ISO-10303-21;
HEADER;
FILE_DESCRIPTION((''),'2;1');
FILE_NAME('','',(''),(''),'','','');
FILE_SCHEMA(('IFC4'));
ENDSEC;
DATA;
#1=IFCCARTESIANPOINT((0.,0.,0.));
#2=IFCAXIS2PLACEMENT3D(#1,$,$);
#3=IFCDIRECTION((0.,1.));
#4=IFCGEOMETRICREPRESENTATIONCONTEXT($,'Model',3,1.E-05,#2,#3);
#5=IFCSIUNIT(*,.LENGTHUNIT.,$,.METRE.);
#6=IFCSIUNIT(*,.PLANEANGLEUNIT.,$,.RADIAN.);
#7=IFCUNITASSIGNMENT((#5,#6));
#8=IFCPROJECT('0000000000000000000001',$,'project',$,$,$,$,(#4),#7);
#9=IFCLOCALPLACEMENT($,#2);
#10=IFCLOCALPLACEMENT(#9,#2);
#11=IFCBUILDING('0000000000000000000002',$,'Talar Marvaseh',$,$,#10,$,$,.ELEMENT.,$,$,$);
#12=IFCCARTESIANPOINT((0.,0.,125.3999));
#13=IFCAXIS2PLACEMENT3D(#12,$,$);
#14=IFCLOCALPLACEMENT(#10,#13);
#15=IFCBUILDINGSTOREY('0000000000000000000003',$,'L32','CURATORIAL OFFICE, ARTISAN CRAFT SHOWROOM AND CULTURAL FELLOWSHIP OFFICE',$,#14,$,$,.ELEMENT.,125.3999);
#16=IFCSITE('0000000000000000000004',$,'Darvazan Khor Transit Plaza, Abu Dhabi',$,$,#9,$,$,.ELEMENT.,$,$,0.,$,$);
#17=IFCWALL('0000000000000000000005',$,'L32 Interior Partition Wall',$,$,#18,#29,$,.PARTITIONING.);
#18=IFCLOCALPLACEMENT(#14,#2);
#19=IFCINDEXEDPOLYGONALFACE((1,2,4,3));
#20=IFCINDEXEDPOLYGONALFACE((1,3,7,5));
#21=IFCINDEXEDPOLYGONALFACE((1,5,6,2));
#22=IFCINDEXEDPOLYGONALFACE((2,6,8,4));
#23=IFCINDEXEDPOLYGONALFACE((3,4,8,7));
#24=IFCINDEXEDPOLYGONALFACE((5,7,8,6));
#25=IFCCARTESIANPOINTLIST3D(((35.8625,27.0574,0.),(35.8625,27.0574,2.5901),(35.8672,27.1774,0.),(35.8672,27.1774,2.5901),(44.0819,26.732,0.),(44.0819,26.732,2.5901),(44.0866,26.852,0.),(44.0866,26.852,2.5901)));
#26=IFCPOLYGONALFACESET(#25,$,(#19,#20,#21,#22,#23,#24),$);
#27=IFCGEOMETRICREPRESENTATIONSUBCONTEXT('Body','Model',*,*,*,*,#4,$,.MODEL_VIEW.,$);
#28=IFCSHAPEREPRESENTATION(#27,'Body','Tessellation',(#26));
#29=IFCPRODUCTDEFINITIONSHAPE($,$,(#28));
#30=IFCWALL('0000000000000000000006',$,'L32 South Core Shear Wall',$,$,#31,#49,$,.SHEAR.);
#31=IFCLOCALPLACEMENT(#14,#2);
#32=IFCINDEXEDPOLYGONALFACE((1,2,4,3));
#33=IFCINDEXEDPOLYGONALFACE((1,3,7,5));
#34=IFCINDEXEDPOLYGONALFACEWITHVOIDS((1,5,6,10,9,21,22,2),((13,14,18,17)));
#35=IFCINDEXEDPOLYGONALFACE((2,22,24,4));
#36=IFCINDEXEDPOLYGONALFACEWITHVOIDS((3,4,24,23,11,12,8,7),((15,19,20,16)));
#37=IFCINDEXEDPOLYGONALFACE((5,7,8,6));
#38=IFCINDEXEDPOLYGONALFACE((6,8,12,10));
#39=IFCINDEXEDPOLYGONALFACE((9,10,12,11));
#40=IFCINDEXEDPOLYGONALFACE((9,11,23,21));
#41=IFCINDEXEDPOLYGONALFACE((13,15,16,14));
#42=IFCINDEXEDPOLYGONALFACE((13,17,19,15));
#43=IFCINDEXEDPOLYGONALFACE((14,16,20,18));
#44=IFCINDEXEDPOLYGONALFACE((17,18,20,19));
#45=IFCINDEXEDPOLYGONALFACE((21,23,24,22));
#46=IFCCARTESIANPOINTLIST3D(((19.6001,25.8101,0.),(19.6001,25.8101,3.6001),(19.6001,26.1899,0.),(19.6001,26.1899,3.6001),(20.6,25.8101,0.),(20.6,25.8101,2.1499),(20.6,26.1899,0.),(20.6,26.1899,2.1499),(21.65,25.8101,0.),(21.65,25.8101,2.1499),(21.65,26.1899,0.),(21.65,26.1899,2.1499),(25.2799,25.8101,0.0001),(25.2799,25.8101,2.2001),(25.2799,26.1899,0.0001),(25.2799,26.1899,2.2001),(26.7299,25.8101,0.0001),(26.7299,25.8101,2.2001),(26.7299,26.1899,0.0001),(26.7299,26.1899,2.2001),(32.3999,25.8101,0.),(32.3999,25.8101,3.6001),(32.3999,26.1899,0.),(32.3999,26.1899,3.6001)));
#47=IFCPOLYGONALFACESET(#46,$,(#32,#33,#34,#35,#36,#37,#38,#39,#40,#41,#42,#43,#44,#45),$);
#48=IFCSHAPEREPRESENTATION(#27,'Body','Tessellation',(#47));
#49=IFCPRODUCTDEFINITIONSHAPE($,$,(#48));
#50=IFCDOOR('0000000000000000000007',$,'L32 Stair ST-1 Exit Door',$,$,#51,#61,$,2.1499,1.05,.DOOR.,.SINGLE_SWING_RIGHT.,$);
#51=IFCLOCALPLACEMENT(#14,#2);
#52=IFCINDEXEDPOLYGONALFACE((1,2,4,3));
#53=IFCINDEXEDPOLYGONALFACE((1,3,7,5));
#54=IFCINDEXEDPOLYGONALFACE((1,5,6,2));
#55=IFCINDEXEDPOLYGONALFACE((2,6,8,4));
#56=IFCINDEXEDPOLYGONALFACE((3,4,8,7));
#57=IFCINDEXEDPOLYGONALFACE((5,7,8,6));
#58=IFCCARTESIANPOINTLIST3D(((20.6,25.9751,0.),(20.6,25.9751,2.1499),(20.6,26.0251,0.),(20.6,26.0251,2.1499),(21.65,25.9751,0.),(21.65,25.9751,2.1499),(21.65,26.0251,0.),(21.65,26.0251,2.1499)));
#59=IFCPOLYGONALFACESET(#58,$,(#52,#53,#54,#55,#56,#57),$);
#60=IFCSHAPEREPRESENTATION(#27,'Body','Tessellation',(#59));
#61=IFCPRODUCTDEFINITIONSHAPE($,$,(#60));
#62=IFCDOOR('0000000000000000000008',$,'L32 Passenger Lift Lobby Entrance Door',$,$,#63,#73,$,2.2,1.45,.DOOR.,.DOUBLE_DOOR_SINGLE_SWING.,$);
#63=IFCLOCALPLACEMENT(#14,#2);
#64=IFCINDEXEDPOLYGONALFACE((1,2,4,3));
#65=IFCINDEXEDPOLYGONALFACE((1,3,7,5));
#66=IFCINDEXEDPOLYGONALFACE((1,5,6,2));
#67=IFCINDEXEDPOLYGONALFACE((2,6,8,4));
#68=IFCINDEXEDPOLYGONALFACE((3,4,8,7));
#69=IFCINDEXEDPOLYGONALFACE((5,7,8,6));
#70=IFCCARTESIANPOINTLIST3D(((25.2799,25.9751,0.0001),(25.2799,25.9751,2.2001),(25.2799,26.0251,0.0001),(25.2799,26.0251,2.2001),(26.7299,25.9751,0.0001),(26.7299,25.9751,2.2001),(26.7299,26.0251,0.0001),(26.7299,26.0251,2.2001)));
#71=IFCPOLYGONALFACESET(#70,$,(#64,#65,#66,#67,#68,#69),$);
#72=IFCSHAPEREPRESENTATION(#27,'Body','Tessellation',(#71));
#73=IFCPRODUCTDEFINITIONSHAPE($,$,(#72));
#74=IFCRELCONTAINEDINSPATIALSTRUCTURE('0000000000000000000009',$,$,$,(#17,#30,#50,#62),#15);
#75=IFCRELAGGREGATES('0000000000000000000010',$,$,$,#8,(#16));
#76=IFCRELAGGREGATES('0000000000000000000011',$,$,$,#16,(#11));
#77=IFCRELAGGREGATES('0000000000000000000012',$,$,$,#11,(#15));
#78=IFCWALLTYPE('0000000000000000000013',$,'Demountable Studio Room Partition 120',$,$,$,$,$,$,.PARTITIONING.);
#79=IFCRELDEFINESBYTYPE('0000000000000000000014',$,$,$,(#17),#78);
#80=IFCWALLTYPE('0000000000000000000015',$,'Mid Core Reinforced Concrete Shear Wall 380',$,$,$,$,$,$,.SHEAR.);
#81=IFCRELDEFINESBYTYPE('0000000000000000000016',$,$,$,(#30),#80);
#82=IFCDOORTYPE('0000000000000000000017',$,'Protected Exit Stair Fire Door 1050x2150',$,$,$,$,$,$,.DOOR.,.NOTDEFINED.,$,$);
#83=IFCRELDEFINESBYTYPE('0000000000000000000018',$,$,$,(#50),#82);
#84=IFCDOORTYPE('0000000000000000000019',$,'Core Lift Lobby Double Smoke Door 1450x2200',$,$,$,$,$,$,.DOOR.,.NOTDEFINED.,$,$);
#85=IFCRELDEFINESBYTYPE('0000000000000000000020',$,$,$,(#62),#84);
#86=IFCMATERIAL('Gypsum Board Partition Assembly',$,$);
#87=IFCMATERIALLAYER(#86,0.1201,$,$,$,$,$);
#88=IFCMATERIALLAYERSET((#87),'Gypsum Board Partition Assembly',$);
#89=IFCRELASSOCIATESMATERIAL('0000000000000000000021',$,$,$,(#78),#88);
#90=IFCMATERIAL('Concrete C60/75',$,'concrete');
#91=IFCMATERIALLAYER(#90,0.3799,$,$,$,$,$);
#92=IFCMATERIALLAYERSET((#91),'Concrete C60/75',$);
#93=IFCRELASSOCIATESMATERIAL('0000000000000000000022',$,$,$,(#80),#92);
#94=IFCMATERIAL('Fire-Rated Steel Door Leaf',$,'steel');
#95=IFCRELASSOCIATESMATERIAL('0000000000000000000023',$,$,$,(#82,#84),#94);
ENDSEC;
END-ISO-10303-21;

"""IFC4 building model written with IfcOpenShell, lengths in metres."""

from ifc_helpers import new_model, si_unit, direction, frame, frame_2d, origin, place, context, subcontext, project, spatial, rectangle, extrude, source, transform, mapped, material, layer, layer_set, type_object, type_shapes, element, fill, save


model = new_model("IFC4")

# Units and contexts
model_context = context("Model", 3, precision=1e-05, world=origin(), true_north=direction((0.0, 1.0)))
body_context = subcontext(model_context, "Body", "Model", "MODEL_VIEW")
ifc_project = project(units=[si_unit("LENGTHUNIT", "METRE"), si_unit("PLANEANGLEUNIT", "RADIAN")], contexts=[model_context])

# Site, building, storey
site_placement = place(None, origin())
site = spatial("IfcSite", under=ifc_project, at=site_placement, Name="Darvazan Khor Transit Plaza, Abu Dhabi", CompositionType="ELEMENT", RefElevation=0.0)
building_placement = place(site_placement, origin())
building = spatial("IfcBuilding", under=site, at=building_placement, Name="Talar Marvaseh", CompositionType="ELEMENT")
storey_placement = place(building_placement, frame((0.0, 0.0, 125.3999)))
storey = spatial("IfcBuildingStorey", under=building, at=storey_placement, Name="L32", Description="CURATORIAL OFFICE, ARTISAN CRAFT SHOWROOM AND CULTURAL FELLOWSHIP OFFICE", CompositionType="ELEMENT", Elevation=125.3999)

# Shared definitions
ifc_material_1 = material(Name="Concrete C60/75", Category="concrete")

# Shared definitions
ifc_material_2 = material(Name="Gypsum Board Partition Assembly")

# Wall
ifc_layer_1 = layer(ifc_material_2, 0.1201)
ifc_layer_set_1 = layer_set([ifc_layer_1], Name="Gypsum Board Partition Assembly")
wall_type_1 = type_object("IfcWallType", Name="Demountable Studio Room Partition 120", PredefinedType="PARTITIONING", material=ifc_layer_set_1)
wall_1_placement = place(storey_placement, frame((35.865, 27.1174, 0.0), z_axis=(0.0, 0.0, 1.0), x_axis=(0.999217, -0.039563, 0.0)))
element("IfcWall", 1, at=wall_1_placement, inside=storey, type_object=wall_type_1, Name="L32 Interior Partition Wall", PredefinedType="PARTITIONING", context=body_context, shape_type="SweptSolid", body=[
    extrude(rectangle(XDim=8.2258, YDim=0.1201, at=frame_2d((4.1128, 0.0))), origin(), (0.0, 0.0, 1.0), 2.5901),
])

# Wall, openings, doors
ifc_layer_2 = layer(ifc_material_1, 0.3799)
ifc_layer_set_2 = layer_set([ifc_layer_2], Name="Concrete C60/75")
wall_type_2 = type_object("IfcWallType", Name="Mid Core Reinforced Concrete Shear Wall 380", PredefinedType="SHEAR", material=ifc_layer_set_2)
wall_2_placement = place(storey_placement, frame((32.3999, 26.0, 0.0), z_axis=(0.0, 0.0, 1.0), x_axis=(-1.0, 0.0, 0.0)))
wall_2 = element("IfcWall", 2, at=wall_2_placement, inside=storey, type_object=wall_type_2, Name="L32 South Core Shear Wall", PredefinedType="SHEAR", context=body_context, shape_type="SweptSolid", body=[
    extrude(rectangle(XDim=12.7998, YDim=0.3799, at=frame_2d((6.3999, 0.0))), origin(), (0.0, 0.0, 1.0), 3.6001),
])
opening_1_placement = place(wall_2_placement, frame((10.75, 0.0, 0.0)))
opening_1 = element("IfcOpeningElement", 3, at=opening_1_placement, cuts=wall_2, PredefinedType="OPENING", context=body_context, shape_type="SweptSolid", body=[
    extrude(rectangle(XDim=1.05, YDim=2.1499, at=frame_2d((0.5249, 1.075))), frame((0.0, 0.2, 0.0), z_axis=(0.0, -1.0, 0.0), x_axis=(1.0, 0.0, 0.0)), (0.0, 0.0, 1.0), 0.3999),
])
opening_2_placement = place(wall_2_placement, frame((5.6699, 0.0, 0.0)))
opening_2 = element("IfcOpeningElement", 4, at=opening_2_placement, cuts=wall_2, PredefinedType="OPENING", context=body_context, shape_type="SweptSolid", body=[
    extrude(rectangle(XDim=1.45, YDim=2.2, at=frame_2d((0.7251, 1.1001))), frame((0.0, 0.2, 0.0), z_axis=(0.0, -1.0, 0.0), x_axis=(1.0, 0.0, 0.0)), (0.0, 0.0, 1.0), 0.3999),
])
ifc_material_3 = material(Name="Fire-Rated Steel Door Leaf", Category="steel")
door_type_1 = type_object("IfcDoorType", Name="Protected Exit Stair Fire Door 1050x2150", OperationType="NOTDEFINED", PredefinedType="DOOR", material=ifc_material_3)
shared_shape_1 = source(origin(), body_context, "Body", "SweptSolid", [
    extrude(rectangle(XDim=1.05, YDim=2.1499, at=frame_2d((0.5249, 1.075))), frame((0.0, 0.0249, 0.0), z_axis=(0.0, -1.0, 0.0), x_axis=(1.0, 0.0, 0.0)), (0.0, 0.0, 1.0), 0.05),
])
type_shapes(door_type_1, [shared_shape_1])
door_1_placement = place(opening_1_placement, origin())
door_1 = element("IfcDoor", 5, at=door_1_placement, inside=storey, type_object=door_type_1, Name="L32 Stair ST-1 Exit Door", OperationType="SINGLE_SWING_RIGHT", OverallHeight=2.1499, OverallWidth=1.05, PredefinedType="DOOR", context=body_context, shape_type="MappedRepresentation", body=[
    mapped(shared_shape_1, transform((0.0, 0.0, 0.0), x_axis=(1.0, 0.0, 0.0), y_axis=(0.0, 1.0, 0.0), z_axis=(0.0, 0.0, 1.0), scale=1.0)),
])
fill(opening_1, door_1)
door_type_2 = type_object("IfcDoorType", Name="Core Lift Lobby Double Smoke Door 1450x2200", OperationType="NOTDEFINED", PredefinedType="DOOR", material=ifc_material_3)
shared_shape_2 = source(origin(), body_context, "Body", "SweptSolid", [
    extrude(rectangle(XDim=1.45, YDim=2.2, at=frame_2d((0.7251, 1.1001))), frame((0.0, 0.0249, 0.0), z_axis=(0.0, -1.0, 0.0), x_axis=(1.0, 0.0, 0.0)), (0.0, 0.0, 1.0), 0.05),
])
type_shapes(door_type_2, [shared_shape_2])
door_2_placement = place(opening_2_placement, origin())
door_2 = element("IfcDoor", 6, at=door_2_placement, inside=storey, type_object=door_type_2, Name="L32 Passenger Lift Lobby Entrance Door", OperationType="DOUBLE_DOOR_SINGLE_SWING", OverallHeight=2.2, OverallWidth=1.45, PredefinedType="DOOR", context=body_context, shape_type="MappedRepresentation", body=[
    mapped(shared_shape_2, transform((0.0, 0.0, 0.0), x_axis=(1.0, 0.0, 0.0), y_axis=(0.0, 1.0, 0.0), z_axis=(0.0, 0.0, 1.0), scale=1.0)),
])
fill(opening_2, door_2)

save(model, "model.ifc")
